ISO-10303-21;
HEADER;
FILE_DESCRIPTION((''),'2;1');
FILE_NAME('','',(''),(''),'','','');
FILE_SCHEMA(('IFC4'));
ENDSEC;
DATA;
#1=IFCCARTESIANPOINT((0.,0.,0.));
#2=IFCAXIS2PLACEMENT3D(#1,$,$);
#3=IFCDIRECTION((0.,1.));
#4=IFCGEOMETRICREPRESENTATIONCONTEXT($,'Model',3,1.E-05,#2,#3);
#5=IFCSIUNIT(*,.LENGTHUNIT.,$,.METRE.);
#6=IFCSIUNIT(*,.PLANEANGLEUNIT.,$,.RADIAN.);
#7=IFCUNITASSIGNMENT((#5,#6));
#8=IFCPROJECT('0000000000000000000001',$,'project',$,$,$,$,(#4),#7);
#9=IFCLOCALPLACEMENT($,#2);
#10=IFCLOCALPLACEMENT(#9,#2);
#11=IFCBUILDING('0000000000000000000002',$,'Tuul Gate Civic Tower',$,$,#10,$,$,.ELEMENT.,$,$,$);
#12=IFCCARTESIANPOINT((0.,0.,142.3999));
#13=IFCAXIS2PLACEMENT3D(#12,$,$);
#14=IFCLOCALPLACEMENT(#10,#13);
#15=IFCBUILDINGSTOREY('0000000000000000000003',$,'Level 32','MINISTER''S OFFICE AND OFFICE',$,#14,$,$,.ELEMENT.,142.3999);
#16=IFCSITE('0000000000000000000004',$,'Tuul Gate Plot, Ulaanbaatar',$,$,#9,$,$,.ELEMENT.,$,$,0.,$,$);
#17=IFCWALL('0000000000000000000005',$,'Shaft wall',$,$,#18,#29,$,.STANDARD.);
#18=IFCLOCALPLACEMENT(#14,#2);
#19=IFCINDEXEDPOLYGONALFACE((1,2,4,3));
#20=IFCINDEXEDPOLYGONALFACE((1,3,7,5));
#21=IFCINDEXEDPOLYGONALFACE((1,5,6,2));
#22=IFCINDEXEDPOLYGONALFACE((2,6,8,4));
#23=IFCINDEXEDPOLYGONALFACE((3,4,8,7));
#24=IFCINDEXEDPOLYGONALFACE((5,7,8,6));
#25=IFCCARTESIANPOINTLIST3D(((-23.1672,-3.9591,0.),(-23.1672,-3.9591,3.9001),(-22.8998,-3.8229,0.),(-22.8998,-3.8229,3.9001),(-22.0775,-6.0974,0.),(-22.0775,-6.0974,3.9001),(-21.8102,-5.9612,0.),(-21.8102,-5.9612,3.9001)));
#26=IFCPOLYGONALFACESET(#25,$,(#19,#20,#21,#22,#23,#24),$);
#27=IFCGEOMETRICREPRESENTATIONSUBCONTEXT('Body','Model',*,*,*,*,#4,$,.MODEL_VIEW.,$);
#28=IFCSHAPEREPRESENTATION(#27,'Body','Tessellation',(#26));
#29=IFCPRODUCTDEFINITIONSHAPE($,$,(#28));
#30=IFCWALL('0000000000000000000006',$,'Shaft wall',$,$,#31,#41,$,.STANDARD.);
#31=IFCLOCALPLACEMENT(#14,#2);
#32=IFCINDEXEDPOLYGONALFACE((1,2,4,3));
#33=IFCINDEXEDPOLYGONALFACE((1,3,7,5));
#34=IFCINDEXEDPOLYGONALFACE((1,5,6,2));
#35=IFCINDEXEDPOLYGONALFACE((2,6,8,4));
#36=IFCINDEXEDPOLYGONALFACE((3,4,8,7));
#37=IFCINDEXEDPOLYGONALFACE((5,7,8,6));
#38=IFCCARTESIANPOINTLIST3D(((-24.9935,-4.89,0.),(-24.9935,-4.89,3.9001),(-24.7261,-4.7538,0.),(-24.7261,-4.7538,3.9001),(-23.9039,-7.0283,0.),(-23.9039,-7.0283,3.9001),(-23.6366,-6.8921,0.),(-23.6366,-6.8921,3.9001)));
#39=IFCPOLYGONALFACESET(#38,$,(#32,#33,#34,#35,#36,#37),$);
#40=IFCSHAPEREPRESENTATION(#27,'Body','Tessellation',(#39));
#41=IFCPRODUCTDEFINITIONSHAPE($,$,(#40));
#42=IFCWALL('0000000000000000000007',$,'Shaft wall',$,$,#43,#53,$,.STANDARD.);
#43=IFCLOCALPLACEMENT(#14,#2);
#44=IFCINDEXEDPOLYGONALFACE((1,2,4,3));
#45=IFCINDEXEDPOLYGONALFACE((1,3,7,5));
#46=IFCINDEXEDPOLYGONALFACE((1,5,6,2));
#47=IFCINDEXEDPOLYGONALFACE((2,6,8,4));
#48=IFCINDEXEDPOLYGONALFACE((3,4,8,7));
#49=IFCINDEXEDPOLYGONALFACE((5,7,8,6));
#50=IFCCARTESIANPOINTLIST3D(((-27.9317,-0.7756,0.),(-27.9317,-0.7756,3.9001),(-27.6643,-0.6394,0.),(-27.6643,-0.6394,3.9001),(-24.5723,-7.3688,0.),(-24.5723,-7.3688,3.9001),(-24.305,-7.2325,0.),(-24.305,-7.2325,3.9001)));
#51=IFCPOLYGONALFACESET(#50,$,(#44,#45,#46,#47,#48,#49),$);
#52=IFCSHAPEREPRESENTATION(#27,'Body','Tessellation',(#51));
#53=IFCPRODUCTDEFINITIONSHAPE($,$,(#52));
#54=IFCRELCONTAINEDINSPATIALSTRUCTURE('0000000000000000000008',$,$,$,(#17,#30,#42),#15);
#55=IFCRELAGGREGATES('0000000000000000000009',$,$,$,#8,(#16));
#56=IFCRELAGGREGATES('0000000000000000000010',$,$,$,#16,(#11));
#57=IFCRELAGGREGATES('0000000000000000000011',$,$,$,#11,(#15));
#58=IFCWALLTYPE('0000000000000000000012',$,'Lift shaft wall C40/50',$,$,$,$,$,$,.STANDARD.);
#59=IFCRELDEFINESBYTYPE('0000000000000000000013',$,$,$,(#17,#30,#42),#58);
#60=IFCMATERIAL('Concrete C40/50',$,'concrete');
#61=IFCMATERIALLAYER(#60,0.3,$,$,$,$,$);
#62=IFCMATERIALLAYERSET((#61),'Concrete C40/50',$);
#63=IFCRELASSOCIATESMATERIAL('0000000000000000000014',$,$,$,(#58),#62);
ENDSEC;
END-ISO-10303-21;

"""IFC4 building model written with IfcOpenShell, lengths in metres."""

from ifc_helpers import new_model, si_unit, direction, frame, frame_2d, origin, place, context, subcontext, project, spatial, rectangle, extrude, material, layer, layer_set, type_object, element, save


model = new_model("IFC4")

# Units and contexts
model_context = context("Model", 3, precision=1e-05, world=origin(), true_north=direction((0.0, 1.0)))
body_context = subcontext(model_context, "Body", "Model", "MODEL_VIEW")
ifc_project = project(units=[si_unit("LENGTHUNIT", "METRE"), si_unit("PLANEANGLEUNIT", "RADIAN")], contexts=[model_context])

# Site, building, storey
site_placement = place(None, origin())
site = spatial("IfcSite", under=ifc_project, at=site_placement, Name="Tuul Gate Plot, Ulaanbaatar", CompositionType="ELEMENT", RefElevation=0.0)
building_placement = place(site_placement, origin())
building = spatial("IfcBuilding", under=site, at=building_placement, Name="Tuul Gate Civic Tower", CompositionType="ELEMENT")
storey_placement = place(building_placement, frame((0.0, 0.0, 142.3999)))
storey = spatial("IfcBuildingStorey", under=building, at=storey_placement, Name="Level 32", Description="MINISTER'S OFFICE AND OFFICE", CompositionType="ELEMENT", Elevation=142.3999)

# Shared definitions
ifc_material_1 = material(Name="Concrete C40/50", Category="concrete")
ifc_layer_1 = layer(ifc_material_1, 0.3)
ifc_layer_set_1 = layer_set([ifc_layer_1], Name="Concrete C40/50")
wall_type_1 = type_object("IfcWallType", Name="Lift shaft wall C40/50", PredefinedType="STANDARD", material=ifc_layer_set_1)

# Walls
for number, where, z_axis, x_axis, name in (
    (1, (-21.9438, -6.0293, 0.0), (0.0, 0.0, 1.0), (-0.454037, 0.890983, 0.0), "Shaft wall"),
    (2, (-23.7703, -6.9602, 0.0), (0.0, 0.0, 1.0), (-0.453996, 0.891004, 0.0), "Shaft wall"),
):
    element("IfcWall", number, at=place(storey_placement, frame(where, z_axis=z_axis, x_axis=x_axis)), inside=storey, type_object=wall_type_1, Name=name, PredefinedType="STANDARD", context=body_context, shape_type="SweptSolid", body=[
        extrude(rectangle(XDim=2.3999, YDim=0.3, at=frame_2d((1.2, 0.0))), origin(), (0.0, 0.0, 1.0), 3.9001),
    ])
wall_1_placement = place(storey_placement, frame((-24.4387, -7.3005, 0.0), z_axis=(0.0, 0.0, 1.0), x_axis=(-0.453984, 0.89101, 0.0)))
element("IfcWall", 3, at=wall_1_placement, inside=storey, type_object=wall_type_1, Name="Shaft wall", PredefinedType="STANDARD", context=body_context, shape_type="SweptSolid", body=[
    extrude(rectangle(XDim=7.3997, YDim=0.3, at=frame_2d((3.6997, 0.0))), origin(), (0.0, 0.0, 1.0), 3.9001),
])

save(model, "model.ifc")
